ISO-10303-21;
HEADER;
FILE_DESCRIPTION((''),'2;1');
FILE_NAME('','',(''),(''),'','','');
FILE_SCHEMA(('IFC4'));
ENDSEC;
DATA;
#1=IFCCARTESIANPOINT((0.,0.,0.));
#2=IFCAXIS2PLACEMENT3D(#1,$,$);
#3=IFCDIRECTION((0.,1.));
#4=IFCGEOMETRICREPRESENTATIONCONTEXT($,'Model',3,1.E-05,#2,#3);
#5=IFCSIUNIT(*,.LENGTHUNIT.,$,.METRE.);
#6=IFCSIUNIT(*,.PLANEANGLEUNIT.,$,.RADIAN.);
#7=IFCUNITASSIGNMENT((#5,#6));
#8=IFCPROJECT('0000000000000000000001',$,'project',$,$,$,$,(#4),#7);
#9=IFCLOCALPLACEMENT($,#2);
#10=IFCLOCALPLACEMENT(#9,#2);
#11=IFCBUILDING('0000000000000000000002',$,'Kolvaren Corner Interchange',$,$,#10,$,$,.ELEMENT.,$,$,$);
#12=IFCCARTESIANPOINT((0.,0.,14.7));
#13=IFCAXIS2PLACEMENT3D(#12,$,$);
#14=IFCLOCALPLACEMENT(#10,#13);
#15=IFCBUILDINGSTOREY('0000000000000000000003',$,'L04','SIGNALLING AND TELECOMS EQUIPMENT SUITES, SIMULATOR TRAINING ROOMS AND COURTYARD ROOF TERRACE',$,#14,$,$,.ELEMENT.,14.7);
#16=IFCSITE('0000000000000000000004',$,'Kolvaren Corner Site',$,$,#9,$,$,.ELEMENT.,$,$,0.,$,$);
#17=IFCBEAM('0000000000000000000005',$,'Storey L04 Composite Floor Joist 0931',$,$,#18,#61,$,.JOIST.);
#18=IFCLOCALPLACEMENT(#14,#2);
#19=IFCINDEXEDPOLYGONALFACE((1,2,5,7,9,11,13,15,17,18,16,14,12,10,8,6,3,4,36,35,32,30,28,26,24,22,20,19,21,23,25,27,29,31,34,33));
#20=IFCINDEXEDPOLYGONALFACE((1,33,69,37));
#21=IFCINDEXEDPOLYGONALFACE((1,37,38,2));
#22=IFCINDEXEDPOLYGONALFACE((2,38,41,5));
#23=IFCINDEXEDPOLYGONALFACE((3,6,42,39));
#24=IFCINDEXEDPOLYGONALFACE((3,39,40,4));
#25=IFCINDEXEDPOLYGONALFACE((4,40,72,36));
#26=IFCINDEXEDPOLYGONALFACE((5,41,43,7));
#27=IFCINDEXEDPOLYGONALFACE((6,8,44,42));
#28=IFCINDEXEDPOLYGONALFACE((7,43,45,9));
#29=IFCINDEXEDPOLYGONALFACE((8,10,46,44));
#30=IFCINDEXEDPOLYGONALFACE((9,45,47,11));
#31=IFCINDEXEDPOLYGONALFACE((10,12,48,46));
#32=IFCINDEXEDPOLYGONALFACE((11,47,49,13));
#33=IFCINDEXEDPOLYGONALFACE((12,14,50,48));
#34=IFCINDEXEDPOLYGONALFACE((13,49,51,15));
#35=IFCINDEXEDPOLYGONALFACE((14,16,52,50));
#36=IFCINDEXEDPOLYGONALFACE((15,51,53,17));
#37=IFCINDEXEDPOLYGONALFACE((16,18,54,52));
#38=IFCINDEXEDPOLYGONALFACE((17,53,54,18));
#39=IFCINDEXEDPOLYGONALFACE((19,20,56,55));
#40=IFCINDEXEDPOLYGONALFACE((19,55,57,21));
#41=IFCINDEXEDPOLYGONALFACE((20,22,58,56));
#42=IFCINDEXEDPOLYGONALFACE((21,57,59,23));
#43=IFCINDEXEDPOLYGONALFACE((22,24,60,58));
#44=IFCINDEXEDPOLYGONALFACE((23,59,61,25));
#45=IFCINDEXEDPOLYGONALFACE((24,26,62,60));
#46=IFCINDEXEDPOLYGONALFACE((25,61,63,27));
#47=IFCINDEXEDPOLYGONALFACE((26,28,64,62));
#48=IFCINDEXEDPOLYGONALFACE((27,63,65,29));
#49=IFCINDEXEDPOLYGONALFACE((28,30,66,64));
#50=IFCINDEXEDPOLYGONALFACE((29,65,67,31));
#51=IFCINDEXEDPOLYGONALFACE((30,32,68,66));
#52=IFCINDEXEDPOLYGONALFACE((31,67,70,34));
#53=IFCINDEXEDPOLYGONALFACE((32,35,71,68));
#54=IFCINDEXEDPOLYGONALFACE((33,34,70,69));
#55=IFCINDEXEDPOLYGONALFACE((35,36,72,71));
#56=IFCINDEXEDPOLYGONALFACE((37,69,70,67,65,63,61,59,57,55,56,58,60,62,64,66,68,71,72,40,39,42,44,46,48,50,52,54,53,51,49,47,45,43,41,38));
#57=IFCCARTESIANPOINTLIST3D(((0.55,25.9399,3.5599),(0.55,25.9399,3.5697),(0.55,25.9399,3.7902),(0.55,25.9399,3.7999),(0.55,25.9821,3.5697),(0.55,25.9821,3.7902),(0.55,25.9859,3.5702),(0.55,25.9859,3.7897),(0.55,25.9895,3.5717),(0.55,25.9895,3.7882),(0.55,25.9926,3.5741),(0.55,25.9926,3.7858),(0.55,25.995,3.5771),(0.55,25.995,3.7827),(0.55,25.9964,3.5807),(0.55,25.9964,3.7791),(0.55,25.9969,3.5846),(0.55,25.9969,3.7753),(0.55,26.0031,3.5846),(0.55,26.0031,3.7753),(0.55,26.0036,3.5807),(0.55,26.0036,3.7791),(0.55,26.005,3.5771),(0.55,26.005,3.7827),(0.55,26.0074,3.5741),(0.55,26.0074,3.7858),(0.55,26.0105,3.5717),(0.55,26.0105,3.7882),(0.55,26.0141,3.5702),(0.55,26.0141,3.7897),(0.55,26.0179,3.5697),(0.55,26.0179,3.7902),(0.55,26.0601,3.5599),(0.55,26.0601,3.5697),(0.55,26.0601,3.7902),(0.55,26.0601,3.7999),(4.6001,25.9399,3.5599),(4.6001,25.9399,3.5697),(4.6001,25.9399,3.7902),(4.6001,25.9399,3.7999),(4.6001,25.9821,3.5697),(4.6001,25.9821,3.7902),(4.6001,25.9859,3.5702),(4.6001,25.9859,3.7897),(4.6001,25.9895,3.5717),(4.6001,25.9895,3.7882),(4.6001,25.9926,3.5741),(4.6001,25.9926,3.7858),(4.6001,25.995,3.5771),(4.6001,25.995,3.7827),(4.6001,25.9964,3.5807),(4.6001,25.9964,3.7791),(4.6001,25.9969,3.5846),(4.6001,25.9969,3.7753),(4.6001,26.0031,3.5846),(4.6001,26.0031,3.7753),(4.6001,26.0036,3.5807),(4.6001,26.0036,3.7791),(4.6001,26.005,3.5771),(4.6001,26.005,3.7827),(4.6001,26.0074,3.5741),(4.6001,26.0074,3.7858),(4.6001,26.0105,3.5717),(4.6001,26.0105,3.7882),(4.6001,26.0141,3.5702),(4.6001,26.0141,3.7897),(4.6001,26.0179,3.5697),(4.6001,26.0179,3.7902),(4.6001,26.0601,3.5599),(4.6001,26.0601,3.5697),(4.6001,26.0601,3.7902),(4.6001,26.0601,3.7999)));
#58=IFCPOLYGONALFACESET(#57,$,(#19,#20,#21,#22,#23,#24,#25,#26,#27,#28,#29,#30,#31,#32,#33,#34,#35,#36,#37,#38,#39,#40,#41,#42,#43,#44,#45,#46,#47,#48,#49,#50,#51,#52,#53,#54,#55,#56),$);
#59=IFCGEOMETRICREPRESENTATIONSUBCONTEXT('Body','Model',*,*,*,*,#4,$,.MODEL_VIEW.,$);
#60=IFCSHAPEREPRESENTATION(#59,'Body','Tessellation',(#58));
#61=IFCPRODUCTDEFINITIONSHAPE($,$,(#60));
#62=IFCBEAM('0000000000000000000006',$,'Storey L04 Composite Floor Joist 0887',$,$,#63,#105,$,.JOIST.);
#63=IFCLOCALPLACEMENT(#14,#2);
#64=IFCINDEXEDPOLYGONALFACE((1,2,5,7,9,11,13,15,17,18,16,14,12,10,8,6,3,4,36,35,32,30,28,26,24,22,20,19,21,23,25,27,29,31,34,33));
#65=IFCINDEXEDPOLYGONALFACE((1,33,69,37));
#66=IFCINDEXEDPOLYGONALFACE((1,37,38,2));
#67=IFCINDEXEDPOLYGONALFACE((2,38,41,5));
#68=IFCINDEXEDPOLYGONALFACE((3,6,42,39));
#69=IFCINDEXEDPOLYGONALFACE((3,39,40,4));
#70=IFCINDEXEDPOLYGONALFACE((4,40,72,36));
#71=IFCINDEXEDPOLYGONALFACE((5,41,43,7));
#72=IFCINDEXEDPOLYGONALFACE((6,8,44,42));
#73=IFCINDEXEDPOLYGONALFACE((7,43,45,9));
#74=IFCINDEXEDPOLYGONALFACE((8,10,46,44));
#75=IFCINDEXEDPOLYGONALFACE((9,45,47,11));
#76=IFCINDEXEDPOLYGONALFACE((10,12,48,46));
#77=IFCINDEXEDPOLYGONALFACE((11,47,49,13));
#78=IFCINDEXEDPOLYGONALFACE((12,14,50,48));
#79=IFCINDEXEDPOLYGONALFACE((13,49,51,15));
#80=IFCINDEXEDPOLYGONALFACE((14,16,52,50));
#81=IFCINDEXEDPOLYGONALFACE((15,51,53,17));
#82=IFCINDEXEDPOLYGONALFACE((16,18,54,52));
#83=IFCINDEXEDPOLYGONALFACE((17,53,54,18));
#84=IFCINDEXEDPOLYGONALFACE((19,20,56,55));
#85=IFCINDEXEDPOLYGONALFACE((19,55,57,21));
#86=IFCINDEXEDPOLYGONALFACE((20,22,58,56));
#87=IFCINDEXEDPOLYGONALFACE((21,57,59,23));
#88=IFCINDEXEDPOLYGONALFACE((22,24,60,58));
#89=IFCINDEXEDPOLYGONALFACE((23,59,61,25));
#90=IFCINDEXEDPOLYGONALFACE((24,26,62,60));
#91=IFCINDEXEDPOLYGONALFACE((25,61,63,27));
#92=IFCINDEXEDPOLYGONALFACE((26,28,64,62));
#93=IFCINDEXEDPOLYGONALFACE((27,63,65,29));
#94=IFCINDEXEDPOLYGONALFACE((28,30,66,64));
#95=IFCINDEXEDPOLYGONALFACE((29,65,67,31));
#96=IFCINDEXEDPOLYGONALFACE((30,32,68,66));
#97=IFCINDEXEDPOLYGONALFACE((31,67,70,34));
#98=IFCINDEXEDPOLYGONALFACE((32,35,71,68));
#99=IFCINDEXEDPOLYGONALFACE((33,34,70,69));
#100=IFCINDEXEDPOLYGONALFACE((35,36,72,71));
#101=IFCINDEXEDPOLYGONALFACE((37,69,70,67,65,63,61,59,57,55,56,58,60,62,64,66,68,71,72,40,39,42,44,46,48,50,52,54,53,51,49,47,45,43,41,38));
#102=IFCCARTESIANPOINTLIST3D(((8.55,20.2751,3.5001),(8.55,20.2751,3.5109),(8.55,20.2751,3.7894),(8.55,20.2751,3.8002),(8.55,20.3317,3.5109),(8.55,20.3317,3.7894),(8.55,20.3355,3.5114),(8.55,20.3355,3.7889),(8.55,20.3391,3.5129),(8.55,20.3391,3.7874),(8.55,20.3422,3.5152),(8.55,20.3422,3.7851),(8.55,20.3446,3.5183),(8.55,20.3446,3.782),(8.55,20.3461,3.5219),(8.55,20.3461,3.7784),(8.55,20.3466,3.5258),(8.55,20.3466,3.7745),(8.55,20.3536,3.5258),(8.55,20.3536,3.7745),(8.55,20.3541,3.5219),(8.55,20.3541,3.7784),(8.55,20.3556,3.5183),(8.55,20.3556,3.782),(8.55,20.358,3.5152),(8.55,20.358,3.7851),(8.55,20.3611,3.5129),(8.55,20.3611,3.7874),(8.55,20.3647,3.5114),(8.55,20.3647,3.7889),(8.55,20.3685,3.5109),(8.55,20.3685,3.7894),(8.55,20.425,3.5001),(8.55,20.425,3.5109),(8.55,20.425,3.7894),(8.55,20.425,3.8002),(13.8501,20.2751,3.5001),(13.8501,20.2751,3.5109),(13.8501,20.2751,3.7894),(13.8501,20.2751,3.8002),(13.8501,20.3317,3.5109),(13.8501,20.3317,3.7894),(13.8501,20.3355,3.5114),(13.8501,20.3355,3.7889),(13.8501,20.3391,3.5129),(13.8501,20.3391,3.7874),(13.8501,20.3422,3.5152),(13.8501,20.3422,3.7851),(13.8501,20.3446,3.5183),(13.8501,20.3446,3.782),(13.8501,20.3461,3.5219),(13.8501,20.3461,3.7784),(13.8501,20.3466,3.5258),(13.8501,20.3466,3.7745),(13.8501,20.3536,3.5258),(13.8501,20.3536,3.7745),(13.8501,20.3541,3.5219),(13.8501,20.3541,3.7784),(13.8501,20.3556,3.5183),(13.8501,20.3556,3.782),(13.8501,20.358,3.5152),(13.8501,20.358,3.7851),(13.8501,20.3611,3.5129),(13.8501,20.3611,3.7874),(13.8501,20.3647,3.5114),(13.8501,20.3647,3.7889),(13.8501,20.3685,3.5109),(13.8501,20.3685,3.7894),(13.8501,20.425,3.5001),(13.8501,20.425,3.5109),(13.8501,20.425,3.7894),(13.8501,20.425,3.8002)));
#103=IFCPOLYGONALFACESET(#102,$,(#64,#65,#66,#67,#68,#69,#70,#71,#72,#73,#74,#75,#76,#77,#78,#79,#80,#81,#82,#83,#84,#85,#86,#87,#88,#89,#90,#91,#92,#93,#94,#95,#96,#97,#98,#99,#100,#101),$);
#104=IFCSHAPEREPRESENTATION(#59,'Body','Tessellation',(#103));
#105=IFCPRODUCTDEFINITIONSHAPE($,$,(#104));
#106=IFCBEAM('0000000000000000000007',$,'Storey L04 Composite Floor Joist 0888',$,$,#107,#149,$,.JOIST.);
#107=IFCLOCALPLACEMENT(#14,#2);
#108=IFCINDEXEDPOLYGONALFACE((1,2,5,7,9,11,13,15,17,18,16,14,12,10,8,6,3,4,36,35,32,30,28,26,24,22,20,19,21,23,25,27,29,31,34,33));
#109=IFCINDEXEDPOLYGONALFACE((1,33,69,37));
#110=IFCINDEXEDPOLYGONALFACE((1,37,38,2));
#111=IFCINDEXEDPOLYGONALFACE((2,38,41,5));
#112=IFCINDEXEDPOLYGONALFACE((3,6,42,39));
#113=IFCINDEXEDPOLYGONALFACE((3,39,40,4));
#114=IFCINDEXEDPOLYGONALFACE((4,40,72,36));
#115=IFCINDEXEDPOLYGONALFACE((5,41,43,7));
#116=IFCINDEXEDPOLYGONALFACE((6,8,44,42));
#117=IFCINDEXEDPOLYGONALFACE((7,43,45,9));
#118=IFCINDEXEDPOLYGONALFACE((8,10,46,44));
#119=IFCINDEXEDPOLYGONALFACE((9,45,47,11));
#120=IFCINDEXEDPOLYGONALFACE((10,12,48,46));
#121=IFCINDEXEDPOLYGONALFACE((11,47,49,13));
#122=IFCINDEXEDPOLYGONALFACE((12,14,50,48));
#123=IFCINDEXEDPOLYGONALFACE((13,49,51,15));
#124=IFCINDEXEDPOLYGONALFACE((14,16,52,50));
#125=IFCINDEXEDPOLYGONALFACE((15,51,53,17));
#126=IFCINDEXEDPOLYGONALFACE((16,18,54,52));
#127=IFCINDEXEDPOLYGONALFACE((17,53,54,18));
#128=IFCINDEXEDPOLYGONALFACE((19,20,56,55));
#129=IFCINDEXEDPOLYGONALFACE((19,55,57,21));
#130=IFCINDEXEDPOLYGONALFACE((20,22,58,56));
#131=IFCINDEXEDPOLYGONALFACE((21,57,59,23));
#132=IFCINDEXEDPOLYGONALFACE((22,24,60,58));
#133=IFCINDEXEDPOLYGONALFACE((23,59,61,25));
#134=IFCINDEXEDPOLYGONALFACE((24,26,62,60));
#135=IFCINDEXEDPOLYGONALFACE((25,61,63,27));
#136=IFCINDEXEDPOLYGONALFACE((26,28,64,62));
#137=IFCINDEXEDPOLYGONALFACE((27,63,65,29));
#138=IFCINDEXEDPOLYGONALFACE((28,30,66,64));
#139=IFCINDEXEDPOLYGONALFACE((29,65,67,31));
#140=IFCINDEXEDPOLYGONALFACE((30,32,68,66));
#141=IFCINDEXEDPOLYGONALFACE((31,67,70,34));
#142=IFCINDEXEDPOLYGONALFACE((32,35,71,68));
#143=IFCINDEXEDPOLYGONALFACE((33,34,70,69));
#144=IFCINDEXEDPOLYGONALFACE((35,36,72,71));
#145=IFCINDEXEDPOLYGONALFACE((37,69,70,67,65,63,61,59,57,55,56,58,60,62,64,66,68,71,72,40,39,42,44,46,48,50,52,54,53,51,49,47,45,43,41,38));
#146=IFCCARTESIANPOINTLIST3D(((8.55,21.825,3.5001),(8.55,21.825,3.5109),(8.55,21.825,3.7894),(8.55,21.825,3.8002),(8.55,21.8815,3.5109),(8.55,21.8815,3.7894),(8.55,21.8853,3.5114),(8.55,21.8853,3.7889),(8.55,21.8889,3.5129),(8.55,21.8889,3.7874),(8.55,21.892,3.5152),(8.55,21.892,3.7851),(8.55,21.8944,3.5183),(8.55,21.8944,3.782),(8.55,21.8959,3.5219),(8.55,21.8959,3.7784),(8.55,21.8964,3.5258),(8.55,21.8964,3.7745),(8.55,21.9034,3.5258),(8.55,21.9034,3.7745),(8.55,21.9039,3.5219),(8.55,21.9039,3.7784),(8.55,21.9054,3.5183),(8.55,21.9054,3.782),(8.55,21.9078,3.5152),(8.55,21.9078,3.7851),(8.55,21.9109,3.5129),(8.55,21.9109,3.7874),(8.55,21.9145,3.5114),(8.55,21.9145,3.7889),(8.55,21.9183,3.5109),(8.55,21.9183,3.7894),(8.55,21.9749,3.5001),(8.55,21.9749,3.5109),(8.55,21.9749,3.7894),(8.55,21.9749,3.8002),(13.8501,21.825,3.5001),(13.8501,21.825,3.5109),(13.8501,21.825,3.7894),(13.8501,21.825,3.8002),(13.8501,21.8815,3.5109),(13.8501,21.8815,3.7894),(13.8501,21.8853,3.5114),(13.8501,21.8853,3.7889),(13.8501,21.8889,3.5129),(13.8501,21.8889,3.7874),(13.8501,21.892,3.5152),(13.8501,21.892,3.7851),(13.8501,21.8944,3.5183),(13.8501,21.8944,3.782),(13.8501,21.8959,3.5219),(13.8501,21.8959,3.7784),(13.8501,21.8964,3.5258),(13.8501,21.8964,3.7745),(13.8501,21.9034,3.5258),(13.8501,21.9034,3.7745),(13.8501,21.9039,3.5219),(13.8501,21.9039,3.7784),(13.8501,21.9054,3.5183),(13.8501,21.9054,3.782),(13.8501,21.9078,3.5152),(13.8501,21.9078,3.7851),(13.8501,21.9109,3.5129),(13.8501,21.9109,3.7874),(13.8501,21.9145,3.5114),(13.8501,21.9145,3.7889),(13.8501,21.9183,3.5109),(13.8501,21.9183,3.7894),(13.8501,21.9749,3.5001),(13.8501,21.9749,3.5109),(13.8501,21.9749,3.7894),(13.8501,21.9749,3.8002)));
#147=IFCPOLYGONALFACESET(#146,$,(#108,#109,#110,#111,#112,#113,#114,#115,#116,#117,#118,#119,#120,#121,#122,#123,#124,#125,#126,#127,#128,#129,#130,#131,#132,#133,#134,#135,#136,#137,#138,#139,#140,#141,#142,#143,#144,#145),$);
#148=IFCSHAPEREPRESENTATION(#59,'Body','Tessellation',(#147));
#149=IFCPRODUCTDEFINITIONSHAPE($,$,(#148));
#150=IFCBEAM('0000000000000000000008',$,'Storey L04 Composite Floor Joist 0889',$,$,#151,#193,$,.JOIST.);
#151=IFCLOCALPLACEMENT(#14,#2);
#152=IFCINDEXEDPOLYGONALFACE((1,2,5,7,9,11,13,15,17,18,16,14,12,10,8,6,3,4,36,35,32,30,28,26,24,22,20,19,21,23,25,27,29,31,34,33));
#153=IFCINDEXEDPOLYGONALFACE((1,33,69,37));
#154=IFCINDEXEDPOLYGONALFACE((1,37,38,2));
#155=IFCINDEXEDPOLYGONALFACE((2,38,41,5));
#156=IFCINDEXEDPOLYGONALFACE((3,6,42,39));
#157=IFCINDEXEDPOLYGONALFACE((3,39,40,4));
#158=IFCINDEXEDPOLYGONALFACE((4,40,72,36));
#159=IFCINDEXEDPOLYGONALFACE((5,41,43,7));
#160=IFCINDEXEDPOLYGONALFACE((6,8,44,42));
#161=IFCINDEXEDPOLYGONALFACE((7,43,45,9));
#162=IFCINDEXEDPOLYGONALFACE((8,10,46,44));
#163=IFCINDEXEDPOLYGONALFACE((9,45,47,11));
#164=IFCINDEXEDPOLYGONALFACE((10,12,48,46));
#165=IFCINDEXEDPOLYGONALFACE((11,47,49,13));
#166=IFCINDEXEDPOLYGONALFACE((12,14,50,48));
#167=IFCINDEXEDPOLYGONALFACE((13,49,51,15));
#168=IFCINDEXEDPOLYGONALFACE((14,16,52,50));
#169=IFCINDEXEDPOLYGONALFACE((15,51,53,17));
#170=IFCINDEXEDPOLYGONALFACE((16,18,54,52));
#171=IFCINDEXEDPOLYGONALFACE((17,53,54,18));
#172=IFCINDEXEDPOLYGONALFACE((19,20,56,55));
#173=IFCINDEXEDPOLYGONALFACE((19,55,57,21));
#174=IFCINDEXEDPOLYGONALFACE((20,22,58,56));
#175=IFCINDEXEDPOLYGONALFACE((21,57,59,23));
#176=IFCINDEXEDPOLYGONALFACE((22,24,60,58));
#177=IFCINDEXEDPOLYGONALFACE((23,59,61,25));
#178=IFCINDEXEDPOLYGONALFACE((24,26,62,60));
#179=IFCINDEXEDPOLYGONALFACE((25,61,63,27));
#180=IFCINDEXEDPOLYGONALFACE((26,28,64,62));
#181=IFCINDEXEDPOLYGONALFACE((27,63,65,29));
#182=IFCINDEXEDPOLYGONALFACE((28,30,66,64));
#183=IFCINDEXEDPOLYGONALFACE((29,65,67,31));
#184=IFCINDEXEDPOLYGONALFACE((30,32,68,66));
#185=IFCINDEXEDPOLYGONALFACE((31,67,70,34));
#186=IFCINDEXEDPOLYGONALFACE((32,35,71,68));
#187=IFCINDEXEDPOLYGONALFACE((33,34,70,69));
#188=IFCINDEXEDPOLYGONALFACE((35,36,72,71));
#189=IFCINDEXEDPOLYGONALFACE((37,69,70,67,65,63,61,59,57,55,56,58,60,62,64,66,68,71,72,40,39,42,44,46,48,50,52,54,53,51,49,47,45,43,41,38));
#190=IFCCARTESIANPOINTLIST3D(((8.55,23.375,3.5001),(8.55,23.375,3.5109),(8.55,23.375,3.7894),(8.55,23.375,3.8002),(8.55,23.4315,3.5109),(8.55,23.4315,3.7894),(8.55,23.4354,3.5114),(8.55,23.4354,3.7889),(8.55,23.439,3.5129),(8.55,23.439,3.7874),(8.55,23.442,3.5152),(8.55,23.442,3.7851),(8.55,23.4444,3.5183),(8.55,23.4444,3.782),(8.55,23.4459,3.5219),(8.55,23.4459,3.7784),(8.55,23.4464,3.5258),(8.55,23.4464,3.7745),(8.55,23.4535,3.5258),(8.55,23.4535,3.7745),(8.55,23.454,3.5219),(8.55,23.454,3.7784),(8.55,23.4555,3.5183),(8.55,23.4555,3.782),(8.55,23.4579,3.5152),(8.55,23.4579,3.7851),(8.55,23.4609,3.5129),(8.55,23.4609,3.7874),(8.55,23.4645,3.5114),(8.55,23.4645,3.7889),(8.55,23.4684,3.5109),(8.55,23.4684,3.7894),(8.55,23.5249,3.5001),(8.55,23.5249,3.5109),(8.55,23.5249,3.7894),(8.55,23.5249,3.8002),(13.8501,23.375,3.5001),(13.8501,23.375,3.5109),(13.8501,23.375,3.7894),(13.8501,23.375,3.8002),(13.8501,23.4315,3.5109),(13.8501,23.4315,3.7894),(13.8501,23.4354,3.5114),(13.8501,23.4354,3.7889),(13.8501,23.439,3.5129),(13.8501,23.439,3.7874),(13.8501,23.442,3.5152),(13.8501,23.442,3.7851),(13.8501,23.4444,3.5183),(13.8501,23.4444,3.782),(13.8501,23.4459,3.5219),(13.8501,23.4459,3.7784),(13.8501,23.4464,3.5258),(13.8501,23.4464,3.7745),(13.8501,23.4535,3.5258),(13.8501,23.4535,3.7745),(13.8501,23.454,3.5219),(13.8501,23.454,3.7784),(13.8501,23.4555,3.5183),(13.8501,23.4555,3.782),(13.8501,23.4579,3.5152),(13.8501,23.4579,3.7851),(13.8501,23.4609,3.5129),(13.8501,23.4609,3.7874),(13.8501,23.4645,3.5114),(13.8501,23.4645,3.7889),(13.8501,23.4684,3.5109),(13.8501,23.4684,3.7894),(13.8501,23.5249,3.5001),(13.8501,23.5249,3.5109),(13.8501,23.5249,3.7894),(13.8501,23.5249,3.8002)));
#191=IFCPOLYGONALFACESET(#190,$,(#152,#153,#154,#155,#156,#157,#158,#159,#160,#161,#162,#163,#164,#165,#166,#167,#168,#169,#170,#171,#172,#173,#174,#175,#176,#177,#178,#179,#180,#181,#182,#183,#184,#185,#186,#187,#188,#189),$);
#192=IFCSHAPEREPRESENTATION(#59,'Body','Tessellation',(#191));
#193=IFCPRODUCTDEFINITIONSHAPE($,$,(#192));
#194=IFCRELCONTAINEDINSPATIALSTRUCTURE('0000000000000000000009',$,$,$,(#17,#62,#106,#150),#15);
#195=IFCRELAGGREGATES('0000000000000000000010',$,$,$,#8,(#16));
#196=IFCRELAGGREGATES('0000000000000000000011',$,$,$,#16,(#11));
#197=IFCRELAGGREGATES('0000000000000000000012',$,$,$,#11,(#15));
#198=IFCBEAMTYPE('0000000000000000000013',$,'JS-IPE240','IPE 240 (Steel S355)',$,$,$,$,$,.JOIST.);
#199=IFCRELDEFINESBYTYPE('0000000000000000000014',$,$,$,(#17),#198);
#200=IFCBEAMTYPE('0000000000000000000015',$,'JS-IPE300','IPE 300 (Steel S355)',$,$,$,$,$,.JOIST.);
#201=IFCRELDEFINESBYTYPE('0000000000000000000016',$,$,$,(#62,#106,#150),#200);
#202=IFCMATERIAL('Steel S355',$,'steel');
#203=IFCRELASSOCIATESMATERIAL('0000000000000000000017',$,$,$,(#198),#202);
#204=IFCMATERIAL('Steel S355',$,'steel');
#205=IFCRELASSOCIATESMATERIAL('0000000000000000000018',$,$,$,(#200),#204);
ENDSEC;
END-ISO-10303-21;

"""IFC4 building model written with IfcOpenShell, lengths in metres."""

from ifc_helpers import new_model, si_unit, direction, frame, origin, origin_2d, place, context, subcontext, project, spatial, i_section, extrude, material, material_profile, profile_set, type_object, element, save


model = new_model("IFC4")

# Units and contexts
model_context = context("Model", 3, precision=1e-05, world=origin(), true_north=direction((0.0, 1.0)))
body_context = subcontext(model_context, "Body", "Model", "MODEL_VIEW")
ifc_project = project(units=[si_unit("LENGTHUNIT", "METRE"), si_unit("PLANEANGLEUNIT", "RADIAN")], contexts=[model_context])

# Site, building, storey
site_placement = place(None, origin())
site = spatial("IfcSite", under=ifc_project, at=site_placement, Name="Kolvaren Corner Site", CompositionType="ELEMENT", RefElevation=0.0)
building_placement = place(site_placement, origin())
building = spatial("IfcBuilding", under=site, at=building_placement, Name="Kolvaren Corner Interchange", CompositionType="ELEMENT")
storey_placement = place(building_placement, frame((0.0, 0.0, 14.7)))
storey = spatial("IfcBuildingStorey", under=building, at=storey_placement, Name="L04", Description="SIGNALLING AND TELECOMS EQUIPMENT SUITES, SIMULATOR TRAINING ROOMS AND COURTYARD ROOF TERRACE", CompositionType="ELEMENT", Elevation=14.7)

# Beams
ifc_material_1 = material(Name="Steel S355", Category="steel")
ifc_material_profile_1 = material_profile(ifc_material_1, i_section(OverallWidth=0.1201, OverallDepth=0.24, WebThickness=0.0061, FlangeThickness=0.0098, FilletRadius=0.0149, at=origin_2d()), Name="IPE 240")
ifc_profile_set_1 = profile_set([ifc_material_profile_1], Name="Steel S355")
beam_type_1 = type_object("IfcBeamType", Name="JS-IPE240", Description="IPE 240 (Steel S355)", PredefinedType="JOIST", material=ifc_profile_set_1)
for number, where, z_axis, x_axis, name in (
    (1, (0.55, 26.0, 3.6799), (1.0, 0.0, 0.0), (0.0, 1.0, 0.0), "Storey L04 Composite Floor Joist 0931"),
):
    element("IfcBeam", number, at=place(storey_placement, frame(where, z_axis=z_axis, x_axis=x_axis)), inside=storey, type_object=beam_type_1, Name=name, PredefinedType="JOIST", context=body_context, shape_type="SweptSolid", body=[
        extrude(i_section(OverallWidth=0.1201, OverallDepth=0.24, WebThickness=0.0061, FlangeThickness=0.0098, FilletRadius=0.0149, at=origin_2d()), origin(), (0.0, 0.0, 1.0), 4.05),
    ])
ifc_material_2 = material(Name="Steel S355", Category="steel")
ifc_material_profile_2 = material_profile(ifc_material_2, i_section(OverallWidth=0.1499, OverallDepth=0.3, WebThickness=0.0071, FlangeThickness=0.0107, FilletRadius=0.0149, at=origin_2d()), Name="IPE 300")
ifc_profile_set_2 = profile_set([ifc_material_profile_2], Name="Steel S355")
beam_type_2 = type_object("IfcBeamType", Name="JS-IPE300", Description="IPE 300 (Steel S355)", PredefinedType="JOIST", material=ifc_profile_set_2)
for number, where, z_axis, x_axis, name in (
    (2, (8.55, 20.3501, 3.6501), (1.0, 0.0, 0.0), (0.0, 1.0, 0.0), "Storey L04 Composite Floor Joist 0887"),
    (3, (8.55, 21.8999, 3.6501), (1.0, 0.0, 0.0), (0.0, 1.0, 0.0), "Storey L04 Composite Floor Joist 0888"),
    (4, (8.55, 23.45, 3.6501), (1.0, 0.0, 0.0), (0.0, 1.0, 0.0), "Storey L04 Composite Floor Joist 0889"),
):
    element("IfcBeam", number, at=place(storey_placement, frame(where, z_axis=z_axis, x_axis=x_axis)), inside=storey, type_object=beam_type_2, Name=name, PredefinedType="JOIST", context=body_context, shape_type="SweptSolid", body=[
        extrude(i_section(OverallWidth=0.1499, OverallDepth=0.3, WebThickness=0.0071, FlangeThickness=0.0107, FilletRadius=0.0149, at=origin_2d()), origin(), (0.0, 0.0, 1.0), 5.3),
    ])

save(model, "model.ifc")
